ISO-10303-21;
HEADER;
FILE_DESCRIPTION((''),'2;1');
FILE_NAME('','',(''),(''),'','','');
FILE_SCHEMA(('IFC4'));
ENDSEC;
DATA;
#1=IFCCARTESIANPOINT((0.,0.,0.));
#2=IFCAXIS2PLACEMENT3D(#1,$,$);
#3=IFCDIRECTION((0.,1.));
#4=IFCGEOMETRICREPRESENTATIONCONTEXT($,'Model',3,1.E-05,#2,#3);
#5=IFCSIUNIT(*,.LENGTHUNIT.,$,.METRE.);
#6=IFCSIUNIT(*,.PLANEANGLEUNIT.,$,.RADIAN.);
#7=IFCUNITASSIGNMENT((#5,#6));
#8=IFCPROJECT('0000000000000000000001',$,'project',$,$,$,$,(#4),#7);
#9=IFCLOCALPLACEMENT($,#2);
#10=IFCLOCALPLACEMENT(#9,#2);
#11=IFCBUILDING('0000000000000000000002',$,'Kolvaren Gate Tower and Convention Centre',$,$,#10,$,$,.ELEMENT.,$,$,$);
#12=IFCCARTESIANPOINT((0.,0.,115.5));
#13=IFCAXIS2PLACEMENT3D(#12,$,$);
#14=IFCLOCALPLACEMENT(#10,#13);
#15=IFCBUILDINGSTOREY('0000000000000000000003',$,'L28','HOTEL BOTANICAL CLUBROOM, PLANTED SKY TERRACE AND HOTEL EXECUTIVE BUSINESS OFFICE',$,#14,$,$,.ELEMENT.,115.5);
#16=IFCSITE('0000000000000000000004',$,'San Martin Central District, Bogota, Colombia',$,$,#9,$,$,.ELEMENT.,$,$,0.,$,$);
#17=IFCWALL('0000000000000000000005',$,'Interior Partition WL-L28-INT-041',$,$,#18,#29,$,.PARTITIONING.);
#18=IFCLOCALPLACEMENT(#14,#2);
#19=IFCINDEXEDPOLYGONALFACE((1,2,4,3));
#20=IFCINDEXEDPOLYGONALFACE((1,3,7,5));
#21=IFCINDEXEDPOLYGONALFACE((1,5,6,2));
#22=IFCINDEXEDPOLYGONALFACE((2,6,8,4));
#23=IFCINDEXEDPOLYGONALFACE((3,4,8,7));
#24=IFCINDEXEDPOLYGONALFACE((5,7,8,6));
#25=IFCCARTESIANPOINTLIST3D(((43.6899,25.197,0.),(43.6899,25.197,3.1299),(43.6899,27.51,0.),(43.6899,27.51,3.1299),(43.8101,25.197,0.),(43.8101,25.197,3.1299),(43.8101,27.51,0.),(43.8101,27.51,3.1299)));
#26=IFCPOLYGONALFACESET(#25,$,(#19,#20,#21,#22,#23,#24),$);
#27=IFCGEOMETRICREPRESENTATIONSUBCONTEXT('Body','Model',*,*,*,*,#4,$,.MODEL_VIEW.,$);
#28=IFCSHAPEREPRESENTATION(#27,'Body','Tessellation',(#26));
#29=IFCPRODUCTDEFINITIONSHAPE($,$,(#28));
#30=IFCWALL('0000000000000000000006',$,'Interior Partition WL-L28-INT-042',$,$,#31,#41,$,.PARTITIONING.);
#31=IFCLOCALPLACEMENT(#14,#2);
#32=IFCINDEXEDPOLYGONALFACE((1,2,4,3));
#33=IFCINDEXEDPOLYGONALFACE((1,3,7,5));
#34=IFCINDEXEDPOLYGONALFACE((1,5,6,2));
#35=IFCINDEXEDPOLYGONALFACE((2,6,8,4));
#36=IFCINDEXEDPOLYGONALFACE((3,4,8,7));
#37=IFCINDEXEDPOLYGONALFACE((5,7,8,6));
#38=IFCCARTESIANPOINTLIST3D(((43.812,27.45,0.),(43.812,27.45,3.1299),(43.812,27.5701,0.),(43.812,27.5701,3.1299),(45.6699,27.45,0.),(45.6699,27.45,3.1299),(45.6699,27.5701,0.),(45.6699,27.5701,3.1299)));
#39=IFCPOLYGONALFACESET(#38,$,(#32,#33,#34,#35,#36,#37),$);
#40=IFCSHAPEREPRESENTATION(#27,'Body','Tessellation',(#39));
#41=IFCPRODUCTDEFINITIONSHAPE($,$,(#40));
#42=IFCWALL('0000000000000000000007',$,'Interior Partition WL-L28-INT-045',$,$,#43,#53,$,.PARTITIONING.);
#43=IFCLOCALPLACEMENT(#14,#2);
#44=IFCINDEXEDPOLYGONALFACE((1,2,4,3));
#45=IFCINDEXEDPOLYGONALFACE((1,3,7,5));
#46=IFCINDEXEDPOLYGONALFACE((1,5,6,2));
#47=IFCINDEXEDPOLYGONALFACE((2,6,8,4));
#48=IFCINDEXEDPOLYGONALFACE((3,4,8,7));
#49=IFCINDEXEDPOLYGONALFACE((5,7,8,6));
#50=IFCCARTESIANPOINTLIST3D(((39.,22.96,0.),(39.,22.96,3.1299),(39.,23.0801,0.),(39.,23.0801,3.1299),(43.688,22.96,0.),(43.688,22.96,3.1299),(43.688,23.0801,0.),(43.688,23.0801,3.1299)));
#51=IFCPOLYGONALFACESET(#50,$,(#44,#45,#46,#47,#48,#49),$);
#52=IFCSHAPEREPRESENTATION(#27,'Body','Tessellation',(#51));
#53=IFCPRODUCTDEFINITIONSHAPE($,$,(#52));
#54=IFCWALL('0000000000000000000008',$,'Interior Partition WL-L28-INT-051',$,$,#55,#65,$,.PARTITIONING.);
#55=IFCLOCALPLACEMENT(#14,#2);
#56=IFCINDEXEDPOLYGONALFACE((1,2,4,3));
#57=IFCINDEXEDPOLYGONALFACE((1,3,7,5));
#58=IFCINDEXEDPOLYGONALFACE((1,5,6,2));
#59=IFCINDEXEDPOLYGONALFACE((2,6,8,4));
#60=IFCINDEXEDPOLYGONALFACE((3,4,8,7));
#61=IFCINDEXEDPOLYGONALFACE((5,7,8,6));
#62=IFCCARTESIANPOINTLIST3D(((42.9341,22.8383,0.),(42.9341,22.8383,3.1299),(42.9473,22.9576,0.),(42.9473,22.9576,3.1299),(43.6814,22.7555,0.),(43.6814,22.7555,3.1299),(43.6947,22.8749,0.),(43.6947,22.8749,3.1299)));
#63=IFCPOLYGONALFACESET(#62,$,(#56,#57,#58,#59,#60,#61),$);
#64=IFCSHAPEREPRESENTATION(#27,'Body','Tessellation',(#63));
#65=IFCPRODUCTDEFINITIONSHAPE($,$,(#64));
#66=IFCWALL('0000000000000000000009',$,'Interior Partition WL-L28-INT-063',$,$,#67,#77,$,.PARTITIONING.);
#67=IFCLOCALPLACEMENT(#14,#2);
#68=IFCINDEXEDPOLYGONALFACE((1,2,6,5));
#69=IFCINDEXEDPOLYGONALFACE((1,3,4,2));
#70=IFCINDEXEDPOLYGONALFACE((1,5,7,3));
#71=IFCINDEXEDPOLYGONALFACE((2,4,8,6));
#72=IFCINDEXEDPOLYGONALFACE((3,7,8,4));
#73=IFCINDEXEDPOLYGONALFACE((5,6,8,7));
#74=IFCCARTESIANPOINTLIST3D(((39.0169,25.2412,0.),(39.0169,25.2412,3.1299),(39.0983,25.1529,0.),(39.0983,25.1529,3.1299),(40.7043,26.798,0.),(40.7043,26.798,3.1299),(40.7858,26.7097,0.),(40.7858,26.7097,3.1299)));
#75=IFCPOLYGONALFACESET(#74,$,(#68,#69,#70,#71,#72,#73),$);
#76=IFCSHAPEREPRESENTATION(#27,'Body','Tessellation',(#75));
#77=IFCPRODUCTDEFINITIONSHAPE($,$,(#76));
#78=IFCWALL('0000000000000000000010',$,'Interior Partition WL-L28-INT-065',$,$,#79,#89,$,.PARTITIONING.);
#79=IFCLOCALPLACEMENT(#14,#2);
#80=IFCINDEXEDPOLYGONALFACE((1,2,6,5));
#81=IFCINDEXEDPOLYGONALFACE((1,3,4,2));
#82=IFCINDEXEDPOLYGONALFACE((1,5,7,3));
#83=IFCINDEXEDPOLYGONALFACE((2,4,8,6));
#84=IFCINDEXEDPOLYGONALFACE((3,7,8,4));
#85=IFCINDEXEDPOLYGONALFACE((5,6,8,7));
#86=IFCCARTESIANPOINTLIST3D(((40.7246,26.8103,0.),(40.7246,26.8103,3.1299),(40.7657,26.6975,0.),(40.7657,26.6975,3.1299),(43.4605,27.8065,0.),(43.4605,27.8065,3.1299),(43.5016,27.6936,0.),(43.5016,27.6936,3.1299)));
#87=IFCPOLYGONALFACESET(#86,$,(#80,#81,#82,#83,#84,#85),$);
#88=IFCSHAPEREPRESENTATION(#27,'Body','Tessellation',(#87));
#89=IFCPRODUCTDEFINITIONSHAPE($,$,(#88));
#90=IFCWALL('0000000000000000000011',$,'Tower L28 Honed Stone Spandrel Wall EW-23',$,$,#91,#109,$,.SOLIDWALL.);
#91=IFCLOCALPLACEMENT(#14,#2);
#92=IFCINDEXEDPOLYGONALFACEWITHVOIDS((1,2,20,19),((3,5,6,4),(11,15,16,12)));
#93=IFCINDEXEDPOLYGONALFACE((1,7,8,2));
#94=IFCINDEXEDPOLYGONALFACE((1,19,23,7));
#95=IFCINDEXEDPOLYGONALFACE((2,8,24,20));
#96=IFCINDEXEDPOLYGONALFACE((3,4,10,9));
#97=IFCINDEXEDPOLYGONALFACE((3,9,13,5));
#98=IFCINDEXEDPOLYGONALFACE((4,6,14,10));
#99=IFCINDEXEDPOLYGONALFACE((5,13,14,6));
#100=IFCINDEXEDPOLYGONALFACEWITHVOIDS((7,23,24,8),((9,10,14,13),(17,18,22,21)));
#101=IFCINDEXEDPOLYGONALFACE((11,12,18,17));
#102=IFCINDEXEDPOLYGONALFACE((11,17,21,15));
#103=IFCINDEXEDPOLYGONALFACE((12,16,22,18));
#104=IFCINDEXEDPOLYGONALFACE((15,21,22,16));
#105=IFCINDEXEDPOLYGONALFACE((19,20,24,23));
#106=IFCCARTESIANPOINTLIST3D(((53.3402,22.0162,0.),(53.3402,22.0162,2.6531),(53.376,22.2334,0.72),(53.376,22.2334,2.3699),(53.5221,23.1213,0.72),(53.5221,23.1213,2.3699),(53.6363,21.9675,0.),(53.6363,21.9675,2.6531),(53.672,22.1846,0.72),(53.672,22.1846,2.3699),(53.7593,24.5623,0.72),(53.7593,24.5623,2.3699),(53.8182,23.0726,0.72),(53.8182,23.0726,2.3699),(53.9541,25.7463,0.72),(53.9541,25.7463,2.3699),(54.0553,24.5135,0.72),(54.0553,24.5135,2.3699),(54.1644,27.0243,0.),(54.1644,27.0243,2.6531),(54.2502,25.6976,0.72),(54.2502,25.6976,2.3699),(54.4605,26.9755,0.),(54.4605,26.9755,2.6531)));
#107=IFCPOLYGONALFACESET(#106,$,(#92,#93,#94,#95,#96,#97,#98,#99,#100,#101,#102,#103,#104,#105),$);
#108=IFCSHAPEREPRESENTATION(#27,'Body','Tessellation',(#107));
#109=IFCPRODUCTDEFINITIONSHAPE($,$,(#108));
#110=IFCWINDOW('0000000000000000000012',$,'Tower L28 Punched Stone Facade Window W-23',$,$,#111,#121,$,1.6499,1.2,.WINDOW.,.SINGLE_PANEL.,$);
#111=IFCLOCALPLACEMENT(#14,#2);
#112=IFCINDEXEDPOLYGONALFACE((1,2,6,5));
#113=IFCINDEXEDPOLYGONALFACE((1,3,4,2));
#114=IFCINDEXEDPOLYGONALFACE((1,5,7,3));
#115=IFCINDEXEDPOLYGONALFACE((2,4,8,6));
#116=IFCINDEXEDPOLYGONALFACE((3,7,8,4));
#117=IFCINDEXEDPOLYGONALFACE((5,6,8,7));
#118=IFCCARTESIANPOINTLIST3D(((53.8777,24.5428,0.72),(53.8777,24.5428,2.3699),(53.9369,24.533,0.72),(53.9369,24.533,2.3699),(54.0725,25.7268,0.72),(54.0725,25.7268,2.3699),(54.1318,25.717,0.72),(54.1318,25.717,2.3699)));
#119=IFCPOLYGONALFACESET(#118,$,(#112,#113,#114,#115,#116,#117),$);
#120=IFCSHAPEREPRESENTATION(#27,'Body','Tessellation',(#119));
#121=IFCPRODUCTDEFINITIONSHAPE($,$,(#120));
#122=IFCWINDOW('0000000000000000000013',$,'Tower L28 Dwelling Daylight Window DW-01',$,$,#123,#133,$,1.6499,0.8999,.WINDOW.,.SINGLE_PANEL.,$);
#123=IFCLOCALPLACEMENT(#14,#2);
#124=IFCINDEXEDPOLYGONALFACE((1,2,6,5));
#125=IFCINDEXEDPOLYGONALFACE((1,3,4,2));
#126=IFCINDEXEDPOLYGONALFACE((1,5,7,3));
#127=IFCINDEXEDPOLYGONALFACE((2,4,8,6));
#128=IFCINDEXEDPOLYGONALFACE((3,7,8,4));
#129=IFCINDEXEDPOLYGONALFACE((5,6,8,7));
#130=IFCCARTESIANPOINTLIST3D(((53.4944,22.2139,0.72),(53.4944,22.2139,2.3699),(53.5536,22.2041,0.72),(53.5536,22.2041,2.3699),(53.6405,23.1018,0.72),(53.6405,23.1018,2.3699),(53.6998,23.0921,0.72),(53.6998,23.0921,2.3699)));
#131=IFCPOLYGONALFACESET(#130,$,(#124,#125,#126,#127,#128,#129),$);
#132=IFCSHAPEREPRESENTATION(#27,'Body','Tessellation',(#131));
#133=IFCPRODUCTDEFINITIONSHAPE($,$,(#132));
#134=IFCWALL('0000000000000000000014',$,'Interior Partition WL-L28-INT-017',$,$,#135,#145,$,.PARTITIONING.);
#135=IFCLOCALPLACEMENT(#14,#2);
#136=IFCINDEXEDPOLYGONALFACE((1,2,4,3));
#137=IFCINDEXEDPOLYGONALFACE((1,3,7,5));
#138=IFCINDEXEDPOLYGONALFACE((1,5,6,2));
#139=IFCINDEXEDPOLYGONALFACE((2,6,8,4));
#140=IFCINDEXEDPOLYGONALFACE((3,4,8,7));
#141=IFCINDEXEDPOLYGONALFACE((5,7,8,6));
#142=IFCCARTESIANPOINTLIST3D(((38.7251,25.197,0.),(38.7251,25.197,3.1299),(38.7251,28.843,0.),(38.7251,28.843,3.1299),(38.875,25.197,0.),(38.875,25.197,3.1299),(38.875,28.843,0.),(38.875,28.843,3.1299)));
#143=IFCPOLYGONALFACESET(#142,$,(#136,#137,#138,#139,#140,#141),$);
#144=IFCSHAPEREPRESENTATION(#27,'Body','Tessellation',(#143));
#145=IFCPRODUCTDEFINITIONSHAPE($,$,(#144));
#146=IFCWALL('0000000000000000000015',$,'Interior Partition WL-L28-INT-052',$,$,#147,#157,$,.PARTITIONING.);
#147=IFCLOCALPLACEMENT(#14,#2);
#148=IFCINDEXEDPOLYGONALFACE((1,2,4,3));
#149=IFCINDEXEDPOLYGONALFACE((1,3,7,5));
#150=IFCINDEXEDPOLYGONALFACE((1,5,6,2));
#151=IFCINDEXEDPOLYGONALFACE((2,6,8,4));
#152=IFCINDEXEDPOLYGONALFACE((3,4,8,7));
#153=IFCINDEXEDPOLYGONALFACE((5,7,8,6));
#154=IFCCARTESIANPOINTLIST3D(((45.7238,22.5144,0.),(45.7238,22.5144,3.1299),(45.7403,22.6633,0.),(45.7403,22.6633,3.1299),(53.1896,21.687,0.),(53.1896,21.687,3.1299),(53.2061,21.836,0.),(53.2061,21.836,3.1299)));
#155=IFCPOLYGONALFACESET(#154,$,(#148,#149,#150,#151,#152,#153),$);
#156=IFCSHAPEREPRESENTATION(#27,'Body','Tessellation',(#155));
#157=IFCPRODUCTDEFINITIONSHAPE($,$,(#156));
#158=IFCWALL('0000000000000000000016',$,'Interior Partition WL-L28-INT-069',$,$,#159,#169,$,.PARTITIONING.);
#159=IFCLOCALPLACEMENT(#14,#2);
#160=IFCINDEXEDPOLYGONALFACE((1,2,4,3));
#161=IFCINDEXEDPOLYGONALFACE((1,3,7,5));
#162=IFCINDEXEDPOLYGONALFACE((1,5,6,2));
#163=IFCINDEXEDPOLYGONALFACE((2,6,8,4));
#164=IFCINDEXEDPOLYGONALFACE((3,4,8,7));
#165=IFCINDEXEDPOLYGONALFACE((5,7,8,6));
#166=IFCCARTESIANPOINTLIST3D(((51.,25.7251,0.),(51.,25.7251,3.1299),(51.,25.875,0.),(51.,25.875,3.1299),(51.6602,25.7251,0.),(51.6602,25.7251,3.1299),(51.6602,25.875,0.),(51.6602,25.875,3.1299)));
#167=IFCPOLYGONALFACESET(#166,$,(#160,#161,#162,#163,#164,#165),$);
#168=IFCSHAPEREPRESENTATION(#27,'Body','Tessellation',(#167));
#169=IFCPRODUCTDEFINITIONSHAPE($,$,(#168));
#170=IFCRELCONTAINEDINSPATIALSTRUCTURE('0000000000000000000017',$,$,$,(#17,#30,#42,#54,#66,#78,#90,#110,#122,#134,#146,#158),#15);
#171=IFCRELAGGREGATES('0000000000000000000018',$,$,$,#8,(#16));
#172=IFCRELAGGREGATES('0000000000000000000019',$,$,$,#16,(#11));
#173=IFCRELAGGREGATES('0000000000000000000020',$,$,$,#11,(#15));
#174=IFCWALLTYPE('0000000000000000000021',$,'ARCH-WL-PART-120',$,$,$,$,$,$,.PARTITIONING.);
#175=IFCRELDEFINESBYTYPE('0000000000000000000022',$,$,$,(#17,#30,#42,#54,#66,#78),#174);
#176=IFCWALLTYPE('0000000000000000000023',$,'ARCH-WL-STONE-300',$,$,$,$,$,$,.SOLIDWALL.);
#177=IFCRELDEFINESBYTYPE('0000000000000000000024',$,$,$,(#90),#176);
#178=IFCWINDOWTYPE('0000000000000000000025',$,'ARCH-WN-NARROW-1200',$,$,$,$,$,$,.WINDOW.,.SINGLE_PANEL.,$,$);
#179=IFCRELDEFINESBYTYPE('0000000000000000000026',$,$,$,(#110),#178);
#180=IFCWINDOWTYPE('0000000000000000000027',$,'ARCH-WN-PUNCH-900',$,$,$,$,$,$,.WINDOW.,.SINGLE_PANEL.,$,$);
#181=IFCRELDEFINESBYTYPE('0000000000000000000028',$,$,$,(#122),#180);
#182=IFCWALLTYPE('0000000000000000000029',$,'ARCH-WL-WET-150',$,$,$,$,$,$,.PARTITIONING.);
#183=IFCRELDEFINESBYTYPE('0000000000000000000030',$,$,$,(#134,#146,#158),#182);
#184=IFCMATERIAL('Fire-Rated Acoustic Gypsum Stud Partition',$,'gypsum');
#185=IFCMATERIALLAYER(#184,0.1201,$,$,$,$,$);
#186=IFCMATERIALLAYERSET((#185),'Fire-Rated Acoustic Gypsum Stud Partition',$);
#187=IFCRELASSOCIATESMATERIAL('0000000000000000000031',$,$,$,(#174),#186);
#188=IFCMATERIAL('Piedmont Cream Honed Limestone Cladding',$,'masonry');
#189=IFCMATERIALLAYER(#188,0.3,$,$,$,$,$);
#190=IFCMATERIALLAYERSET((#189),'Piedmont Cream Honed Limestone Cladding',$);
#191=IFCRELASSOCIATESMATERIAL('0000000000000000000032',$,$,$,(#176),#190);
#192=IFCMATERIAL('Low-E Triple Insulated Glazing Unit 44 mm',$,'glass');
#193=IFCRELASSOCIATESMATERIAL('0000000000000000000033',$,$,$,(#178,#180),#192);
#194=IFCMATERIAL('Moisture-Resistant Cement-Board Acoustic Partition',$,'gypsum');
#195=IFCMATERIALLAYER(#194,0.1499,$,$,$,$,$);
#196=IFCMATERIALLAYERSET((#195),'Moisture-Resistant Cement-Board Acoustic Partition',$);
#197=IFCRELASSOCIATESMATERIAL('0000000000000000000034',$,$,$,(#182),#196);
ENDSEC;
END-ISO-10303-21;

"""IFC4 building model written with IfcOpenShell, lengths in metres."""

from ifc_helpers import new_model, si_unit, direction, frame, frame_2d, origin, place, context, subcontext, project, spatial, rectangle, extrude, material, layer, layer_set, type_object, element, fill, save


model = new_model("IFC4")

# Units and contexts
model_context = context("Model", 3, precision=1e-05, world=origin(), true_north=direction((0.0, 1.0)))
body_context = subcontext(model_context, "Body", "Model", "MODEL_VIEW")
ifc_project = project(units=[si_unit("LENGTHUNIT", "METRE"), si_unit("PLANEANGLEUNIT", "RADIAN")], contexts=[model_context])

# Site, building, storey
site_placement = place(None, origin())
site = spatial("IfcSite", under=ifc_project, at=site_placement, Name="San Martin Central District, Bogota, Colombia", CompositionType="ELEMENT", RefElevation=0.0)
building_placement = place(site_placement, origin())
building = spatial("IfcBuilding", under=site, at=building_placement, Name="Kolvaren Gate Tower and Convention Centre", CompositionType="ELEMENT")
storey_placement = place(building_placement, frame((0.0, 0.0, 115.5)))
storey = spatial("IfcBuildingStorey", under=building, at=storey_placement, Name="L28", Description="HOTEL BOTANICAL CLUBROOM, PLANTED SKY TERRACE AND HOTEL EXECUTIVE BUSINESS OFFICE", CompositionType="ELEMENT", Elevation=115.5)

# Walls
ifc_material_1 = material(Name="Fire-Rated Acoustic Gypsum Stud Partition", Category="gypsum")
ifc_layer_1 = layer(ifc_material_1, 0.1201)
ifc_layer_set_1 = layer_set([ifc_layer_1], Name="Fire-Rated Acoustic Gypsum Stud Partition")
wall_type_1 = type_object("IfcWallType", Name="ARCH-WL-PART-120", PredefinedType="PARTITIONING", material=ifc_layer_set_1)
wall_1_placement = place(storey_placement, frame((43.75, 25.197, 0.0), z_axis=(0.0, 0.0, 1.0), x_axis=(0.0, 1.0, 0.0)))
element("IfcWall", 1, at=wall_1_placement, inside=storey, type_object=wall_type_1, Name="Interior Partition WL-L28-INT-041", PredefinedType="PARTITIONING", context=body_context, shape_type="SweptSolid", body=[
    extrude(rectangle(XDim=2.313, YDim=0.1201, at=frame_2d((1.1565, 0.0))), origin(), (0.0, 0.0, 1.0), 3.1299),
])
wall_2_placement = place(storey_placement, frame((43.812, 27.51, 0.0), z_axis=(0.0, 0.0, 1.0), x_axis=(1.0, 0.0, 0.0)))
element("IfcWall", 2, at=wall_2_placement, inside=storey, type_object=wall_type_1, Name="Interior Partition WL-L28-INT-042", PredefinedType="PARTITIONING", context=body_context, shape_type="SweptSolid", body=[
    extrude(rectangle(XDim=1.8579, YDim=0.1201, at=frame_2d((0.929, 0.0))), origin(), (0.0, 0.0, 1.0), 3.1299),
])
wall_3_placement = place(storey_placement, frame((39.0, 23.02, 0.0), z_axis=(0.0, 0.0, 1.0), x_axis=(1.0, 0.0, 0.0)))
element("IfcWall", 3, at=wall_3_placement, inside=storey, type_object=wall_type_1, Name="Interior Partition WL-L28-INT-045", PredefinedType="PARTITIONING", context=body_context, shape_type="SweptSolid", body=[
    extrude(rectangle(XDim=4.688, YDim=0.1201, at=frame_2d((2.344, 0.0))), origin(), (0.0, 0.0, 1.0), 3.1299),
])
wall_4_placement = place(storey_placement, frame((42.9407, 22.8979, 0.0), z_axis=(0.0, 0.0, 1.0), x_axis=(0.993923, -0.110075, 0.0)))
element("IfcWall", 4, at=wall_4_placement, inside=storey, type_object=wall_type_1, Name="Interior Partition WL-L28-INT-051", PredefinedType="PARTITIONING", context=body_context, shape_type="SweptSolid", body=[
    extrude(rectangle(XDim=0.752, YDim=0.1201, at=frame_2d((0.376, 0.0))), origin(), (0.0, 0.0, 1.0), 3.1299),
])
wall_5_placement = place(storey_placement, frame((39.0576, 25.197, 0.0), z_axis=(0.0, 0.0, 1.0), x_axis=(0.734979, 0.67809, 0.0)))
element("IfcWall", 5, at=wall_5_placement, inside=storey, type_object=wall_type_1, Name="Interior Partition WL-L28-INT-063", PredefinedType="PARTITIONING", context=body_context, shape_type="SweptSolid", body=[
    extrude(rectangle(XDim=2.2959, YDim=0.1201, at=frame_2d((1.1479, 0.0))), origin(), (0.0, 0.0, 1.0), 3.1299),
])
wall_6_placement = place(storey_placement, frame((40.7451, 26.7539, 0.0), z_axis=(0.0, 0.0, 1.0), x_axis=(0.939656, 0.34212, 0.0)))
element("IfcWall", 6, at=wall_6_placement, inside=storey, type_object=wall_type_1, Name="Interior Partition WL-L28-INT-065", PredefinedType="PARTITIONING", context=body_context, shape_type="SweptSolid", body=[
    extrude(rectangle(XDim=2.9116, YDim=0.1201, at=frame_2d((1.4558, 0.0))), origin(), (0.0, 0.0, 1.0), 3.1299),
])

# Wall, openings, windows
ifc_material_2 = material(Name="Piedmont Cream Honed Limestone Cladding", Category="masonry")
ifc_layer_2 = layer(ifc_material_2, 0.3)
ifc_layer_set_2 = layer_set([ifc_layer_2], Name="Piedmont Cream Honed Limestone Cladding")
wall_type_2 = type_object("IfcWallType", Name="ARCH-WL-STONE-300", PredefinedType="SOLIDWALL", material=ifc_layer_set_2)
wall_7_placement = place(storey_placement, frame((53.4883, 21.9919, 0.0), z_axis=(0.0, 0.0, 1.0), x_axis=(0.162394, 0.986726, 0.0)))
wall_7 = element("IfcWall", 7, at=wall_7_placement, inside=storey, type_object=wall_type_2, Name="Tower L28 Honed Stone Spandrel Wall EW-23", PredefinedType="SOLIDWALL", context=body_context, shape_type="SweptSolid", body=[
    extrude(rectangle(XDim=5.0754, YDim=0.3, at=frame_2d((2.5376, 0.0))), origin(), (0.0, 0.0, 1.0), 2.6531),
])
opening_1_placement = place(wall_7_placement, frame((2.5801, 0.0, 0.72)))
opening_1 = element("IfcOpeningElement", 8, at=opening_1_placement, cuts=wall_7, PredefinedType="OPENING", context=body_context, shape_type="SweptSolid", body=[
    extrude(rectangle(XDim=1.2, YDim=1.6499, at=frame_2d((0.6001, 0.825))), frame((0.0, 0.1599, 0.0), z_axis=(0.0, -1.0, 0.0), x_axis=(1.0, 0.0, 0.0)), (0.0, 0.0, 1.0), 0.3201),
])
opening_2_placement = place(wall_7_placement, frame((0.22, 0.0, 0.72)))
opening_2 = element("IfcOpeningElement", 9, at=opening_2_placement, cuts=wall_7, PredefinedType="OPENING", context=body_context, shape_type="SweptSolid", body=[
    extrude(rectangle(XDim=0.8999, YDim=1.6499, at=frame_2d((0.45, 0.825))), frame((0.0, 0.1599, 0.0), z_axis=(0.0, -1.0, 0.0), x_axis=(1.0, 0.0, 0.0)), (0.0, 0.0, 1.0), 0.3201),
])
ifc_material_3 = material(Name="Low-E Triple Insulated Glazing Unit 44 mm", Category="glass")
window_type_1 = type_object("IfcWindowType", Name="ARCH-WN-NARROW-1200", PartitioningType="SINGLE_PANEL", PredefinedType="WINDOW", material=ifc_material_3)
window_1_placement = place(opening_1_placement, origin())
window_1 = element("IfcWindow", 10, at=window_1_placement, inside=storey, type_object=window_type_1, Name="Tower L28 Punched Stone Facade Window W-23", OverallHeight=1.6499, OverallWidth=1.2, PartitioningType="SINGLE_PANEL", PredefinedType="WINDOW", context=body_context, shape_type="SweptSolid", body=[
    extrude(rectangle(XDim=1.2, YDim=1.6499, at=frame_2d((0.6001, 0.825))), frame((0.0, 0.03, 0.0), z_axis=(0.0, -1.0, 0.0), x_axis=(1.0, 0.0, 0.0)), (0.0, 0.0, 1.0), 0.0601),
])
fill(opening_1, window_1)
window_type_2 = type_object("IfcWindowType", Name="ARCH-WN-PUNCH-900", PartitioningType="SINGLE_PANEL", PredefinedType="WINDOW", material=ifc_material_3)
window_2_placement = place(opening_2_placement, origin())
window_2 = element("IfcWindow", 11, at=window_2_placement, inside=storey, type_object=window_type_2, Name="Tower L28 Dwelling Daylight Window DW-01", OverallHeight=1.6499, OverallWidth=0.8999, PartitioningType="SINGLE_PANEL", PredefinedType="WINDOW", context=body_context, shape_type="SweptSolid", body=[
    extrude(rectangle(XDim=0.8999, YDim=1.6499, at=frame_2d((0.45, 0.825))), frame((0.0, 0.03, 0.0), z_axis=(0.0, -1.0, 0.0), x_axis=(1.0, 0.0, 0.0)), (0.0, 0.0, 1.0), 0.0601),
])
fill(opening_2, window_2)

# Walls
ifc_material_4 = material(Name="Moisture-Resistant Cement-Board Acoustic Partition", Category="gypsum")
ifc_layer_3 = layer(ifc_material_4, 0.1499)
ifc_layer_set_3 = layer_set([ifc_layer_3], Name="Moisture-Resistant Cement-Board Acoustic Partition")
wall_type_3 = type_object("IfcWallType", Name="ARCH-WL-WET-150", PredefinedType="PARTITIONING", material=ifc_layer_set_3)
wall_8_placement = place(storey_placement, frame((38.8, 25.197, 0.0), z_axis=(0.0, 0.0, 1.0), x_axis=(0.0, 1.0, 0.0)))
element("IfcWall", 12, at=wall_8_placement, inside=storey, type_object=wall_type_3, Name="Interior Partition WL-L28-INT-017", PredefinedType="PARTITIONING", context=body_context, shape_type="SweptSolid", body=[
    extrude(rectangle(XDim=3.646, YDim=0.1499, at=frame_2d((1.823, 0.0))), origin(), (0.0, 0.0, 1.0), 3.1299),
])
wall_9_placement = place(storey_placement, frame((45.7319, 22.5889, 0.0), z_axis=(0.0, 0.0, 1.0), x_axis=(0.993915, -0.11015, 0.0)))
element("IfcWall", 13, at=wall_9_placement, inside=storey, type_object=wall_type_3, Name="Interior Partition WL-L28-INT-052", PredefinedType="PARTITIONING", context=body_context, shape_type="SweptSolid", body=[
    extrude(rectangle(XDim=7.5115, YDim=0.1499, at=frame_2d((3.7559, 0.0))), origin(), (0.0, 0.0, 1.0), 3.1299),
])
wall_10_placement = place(storey_placement, frame((51.0, 25.8, 0.0), z_axis=(0.0, 0.0, 1.0), x_axis=(1.0, 0.0, 0.0)))
element("IfcWall", 14, at=wall_10_placement, inside=storey, type_object=wall_type_3, Name="Interior Partition WL-L28-INT-069", PredefinedType="PARTITIONING", context=body_context, shape_type="SweptSolid", body=[
    extrude(rectangle(XDim=0.6602, YDim=0.1499, at=frame_2d((0.3301, 0.0))), origin(), (0.0, 0.0, 1.0), 3.1299),
])

save(model, "model.ifc")
